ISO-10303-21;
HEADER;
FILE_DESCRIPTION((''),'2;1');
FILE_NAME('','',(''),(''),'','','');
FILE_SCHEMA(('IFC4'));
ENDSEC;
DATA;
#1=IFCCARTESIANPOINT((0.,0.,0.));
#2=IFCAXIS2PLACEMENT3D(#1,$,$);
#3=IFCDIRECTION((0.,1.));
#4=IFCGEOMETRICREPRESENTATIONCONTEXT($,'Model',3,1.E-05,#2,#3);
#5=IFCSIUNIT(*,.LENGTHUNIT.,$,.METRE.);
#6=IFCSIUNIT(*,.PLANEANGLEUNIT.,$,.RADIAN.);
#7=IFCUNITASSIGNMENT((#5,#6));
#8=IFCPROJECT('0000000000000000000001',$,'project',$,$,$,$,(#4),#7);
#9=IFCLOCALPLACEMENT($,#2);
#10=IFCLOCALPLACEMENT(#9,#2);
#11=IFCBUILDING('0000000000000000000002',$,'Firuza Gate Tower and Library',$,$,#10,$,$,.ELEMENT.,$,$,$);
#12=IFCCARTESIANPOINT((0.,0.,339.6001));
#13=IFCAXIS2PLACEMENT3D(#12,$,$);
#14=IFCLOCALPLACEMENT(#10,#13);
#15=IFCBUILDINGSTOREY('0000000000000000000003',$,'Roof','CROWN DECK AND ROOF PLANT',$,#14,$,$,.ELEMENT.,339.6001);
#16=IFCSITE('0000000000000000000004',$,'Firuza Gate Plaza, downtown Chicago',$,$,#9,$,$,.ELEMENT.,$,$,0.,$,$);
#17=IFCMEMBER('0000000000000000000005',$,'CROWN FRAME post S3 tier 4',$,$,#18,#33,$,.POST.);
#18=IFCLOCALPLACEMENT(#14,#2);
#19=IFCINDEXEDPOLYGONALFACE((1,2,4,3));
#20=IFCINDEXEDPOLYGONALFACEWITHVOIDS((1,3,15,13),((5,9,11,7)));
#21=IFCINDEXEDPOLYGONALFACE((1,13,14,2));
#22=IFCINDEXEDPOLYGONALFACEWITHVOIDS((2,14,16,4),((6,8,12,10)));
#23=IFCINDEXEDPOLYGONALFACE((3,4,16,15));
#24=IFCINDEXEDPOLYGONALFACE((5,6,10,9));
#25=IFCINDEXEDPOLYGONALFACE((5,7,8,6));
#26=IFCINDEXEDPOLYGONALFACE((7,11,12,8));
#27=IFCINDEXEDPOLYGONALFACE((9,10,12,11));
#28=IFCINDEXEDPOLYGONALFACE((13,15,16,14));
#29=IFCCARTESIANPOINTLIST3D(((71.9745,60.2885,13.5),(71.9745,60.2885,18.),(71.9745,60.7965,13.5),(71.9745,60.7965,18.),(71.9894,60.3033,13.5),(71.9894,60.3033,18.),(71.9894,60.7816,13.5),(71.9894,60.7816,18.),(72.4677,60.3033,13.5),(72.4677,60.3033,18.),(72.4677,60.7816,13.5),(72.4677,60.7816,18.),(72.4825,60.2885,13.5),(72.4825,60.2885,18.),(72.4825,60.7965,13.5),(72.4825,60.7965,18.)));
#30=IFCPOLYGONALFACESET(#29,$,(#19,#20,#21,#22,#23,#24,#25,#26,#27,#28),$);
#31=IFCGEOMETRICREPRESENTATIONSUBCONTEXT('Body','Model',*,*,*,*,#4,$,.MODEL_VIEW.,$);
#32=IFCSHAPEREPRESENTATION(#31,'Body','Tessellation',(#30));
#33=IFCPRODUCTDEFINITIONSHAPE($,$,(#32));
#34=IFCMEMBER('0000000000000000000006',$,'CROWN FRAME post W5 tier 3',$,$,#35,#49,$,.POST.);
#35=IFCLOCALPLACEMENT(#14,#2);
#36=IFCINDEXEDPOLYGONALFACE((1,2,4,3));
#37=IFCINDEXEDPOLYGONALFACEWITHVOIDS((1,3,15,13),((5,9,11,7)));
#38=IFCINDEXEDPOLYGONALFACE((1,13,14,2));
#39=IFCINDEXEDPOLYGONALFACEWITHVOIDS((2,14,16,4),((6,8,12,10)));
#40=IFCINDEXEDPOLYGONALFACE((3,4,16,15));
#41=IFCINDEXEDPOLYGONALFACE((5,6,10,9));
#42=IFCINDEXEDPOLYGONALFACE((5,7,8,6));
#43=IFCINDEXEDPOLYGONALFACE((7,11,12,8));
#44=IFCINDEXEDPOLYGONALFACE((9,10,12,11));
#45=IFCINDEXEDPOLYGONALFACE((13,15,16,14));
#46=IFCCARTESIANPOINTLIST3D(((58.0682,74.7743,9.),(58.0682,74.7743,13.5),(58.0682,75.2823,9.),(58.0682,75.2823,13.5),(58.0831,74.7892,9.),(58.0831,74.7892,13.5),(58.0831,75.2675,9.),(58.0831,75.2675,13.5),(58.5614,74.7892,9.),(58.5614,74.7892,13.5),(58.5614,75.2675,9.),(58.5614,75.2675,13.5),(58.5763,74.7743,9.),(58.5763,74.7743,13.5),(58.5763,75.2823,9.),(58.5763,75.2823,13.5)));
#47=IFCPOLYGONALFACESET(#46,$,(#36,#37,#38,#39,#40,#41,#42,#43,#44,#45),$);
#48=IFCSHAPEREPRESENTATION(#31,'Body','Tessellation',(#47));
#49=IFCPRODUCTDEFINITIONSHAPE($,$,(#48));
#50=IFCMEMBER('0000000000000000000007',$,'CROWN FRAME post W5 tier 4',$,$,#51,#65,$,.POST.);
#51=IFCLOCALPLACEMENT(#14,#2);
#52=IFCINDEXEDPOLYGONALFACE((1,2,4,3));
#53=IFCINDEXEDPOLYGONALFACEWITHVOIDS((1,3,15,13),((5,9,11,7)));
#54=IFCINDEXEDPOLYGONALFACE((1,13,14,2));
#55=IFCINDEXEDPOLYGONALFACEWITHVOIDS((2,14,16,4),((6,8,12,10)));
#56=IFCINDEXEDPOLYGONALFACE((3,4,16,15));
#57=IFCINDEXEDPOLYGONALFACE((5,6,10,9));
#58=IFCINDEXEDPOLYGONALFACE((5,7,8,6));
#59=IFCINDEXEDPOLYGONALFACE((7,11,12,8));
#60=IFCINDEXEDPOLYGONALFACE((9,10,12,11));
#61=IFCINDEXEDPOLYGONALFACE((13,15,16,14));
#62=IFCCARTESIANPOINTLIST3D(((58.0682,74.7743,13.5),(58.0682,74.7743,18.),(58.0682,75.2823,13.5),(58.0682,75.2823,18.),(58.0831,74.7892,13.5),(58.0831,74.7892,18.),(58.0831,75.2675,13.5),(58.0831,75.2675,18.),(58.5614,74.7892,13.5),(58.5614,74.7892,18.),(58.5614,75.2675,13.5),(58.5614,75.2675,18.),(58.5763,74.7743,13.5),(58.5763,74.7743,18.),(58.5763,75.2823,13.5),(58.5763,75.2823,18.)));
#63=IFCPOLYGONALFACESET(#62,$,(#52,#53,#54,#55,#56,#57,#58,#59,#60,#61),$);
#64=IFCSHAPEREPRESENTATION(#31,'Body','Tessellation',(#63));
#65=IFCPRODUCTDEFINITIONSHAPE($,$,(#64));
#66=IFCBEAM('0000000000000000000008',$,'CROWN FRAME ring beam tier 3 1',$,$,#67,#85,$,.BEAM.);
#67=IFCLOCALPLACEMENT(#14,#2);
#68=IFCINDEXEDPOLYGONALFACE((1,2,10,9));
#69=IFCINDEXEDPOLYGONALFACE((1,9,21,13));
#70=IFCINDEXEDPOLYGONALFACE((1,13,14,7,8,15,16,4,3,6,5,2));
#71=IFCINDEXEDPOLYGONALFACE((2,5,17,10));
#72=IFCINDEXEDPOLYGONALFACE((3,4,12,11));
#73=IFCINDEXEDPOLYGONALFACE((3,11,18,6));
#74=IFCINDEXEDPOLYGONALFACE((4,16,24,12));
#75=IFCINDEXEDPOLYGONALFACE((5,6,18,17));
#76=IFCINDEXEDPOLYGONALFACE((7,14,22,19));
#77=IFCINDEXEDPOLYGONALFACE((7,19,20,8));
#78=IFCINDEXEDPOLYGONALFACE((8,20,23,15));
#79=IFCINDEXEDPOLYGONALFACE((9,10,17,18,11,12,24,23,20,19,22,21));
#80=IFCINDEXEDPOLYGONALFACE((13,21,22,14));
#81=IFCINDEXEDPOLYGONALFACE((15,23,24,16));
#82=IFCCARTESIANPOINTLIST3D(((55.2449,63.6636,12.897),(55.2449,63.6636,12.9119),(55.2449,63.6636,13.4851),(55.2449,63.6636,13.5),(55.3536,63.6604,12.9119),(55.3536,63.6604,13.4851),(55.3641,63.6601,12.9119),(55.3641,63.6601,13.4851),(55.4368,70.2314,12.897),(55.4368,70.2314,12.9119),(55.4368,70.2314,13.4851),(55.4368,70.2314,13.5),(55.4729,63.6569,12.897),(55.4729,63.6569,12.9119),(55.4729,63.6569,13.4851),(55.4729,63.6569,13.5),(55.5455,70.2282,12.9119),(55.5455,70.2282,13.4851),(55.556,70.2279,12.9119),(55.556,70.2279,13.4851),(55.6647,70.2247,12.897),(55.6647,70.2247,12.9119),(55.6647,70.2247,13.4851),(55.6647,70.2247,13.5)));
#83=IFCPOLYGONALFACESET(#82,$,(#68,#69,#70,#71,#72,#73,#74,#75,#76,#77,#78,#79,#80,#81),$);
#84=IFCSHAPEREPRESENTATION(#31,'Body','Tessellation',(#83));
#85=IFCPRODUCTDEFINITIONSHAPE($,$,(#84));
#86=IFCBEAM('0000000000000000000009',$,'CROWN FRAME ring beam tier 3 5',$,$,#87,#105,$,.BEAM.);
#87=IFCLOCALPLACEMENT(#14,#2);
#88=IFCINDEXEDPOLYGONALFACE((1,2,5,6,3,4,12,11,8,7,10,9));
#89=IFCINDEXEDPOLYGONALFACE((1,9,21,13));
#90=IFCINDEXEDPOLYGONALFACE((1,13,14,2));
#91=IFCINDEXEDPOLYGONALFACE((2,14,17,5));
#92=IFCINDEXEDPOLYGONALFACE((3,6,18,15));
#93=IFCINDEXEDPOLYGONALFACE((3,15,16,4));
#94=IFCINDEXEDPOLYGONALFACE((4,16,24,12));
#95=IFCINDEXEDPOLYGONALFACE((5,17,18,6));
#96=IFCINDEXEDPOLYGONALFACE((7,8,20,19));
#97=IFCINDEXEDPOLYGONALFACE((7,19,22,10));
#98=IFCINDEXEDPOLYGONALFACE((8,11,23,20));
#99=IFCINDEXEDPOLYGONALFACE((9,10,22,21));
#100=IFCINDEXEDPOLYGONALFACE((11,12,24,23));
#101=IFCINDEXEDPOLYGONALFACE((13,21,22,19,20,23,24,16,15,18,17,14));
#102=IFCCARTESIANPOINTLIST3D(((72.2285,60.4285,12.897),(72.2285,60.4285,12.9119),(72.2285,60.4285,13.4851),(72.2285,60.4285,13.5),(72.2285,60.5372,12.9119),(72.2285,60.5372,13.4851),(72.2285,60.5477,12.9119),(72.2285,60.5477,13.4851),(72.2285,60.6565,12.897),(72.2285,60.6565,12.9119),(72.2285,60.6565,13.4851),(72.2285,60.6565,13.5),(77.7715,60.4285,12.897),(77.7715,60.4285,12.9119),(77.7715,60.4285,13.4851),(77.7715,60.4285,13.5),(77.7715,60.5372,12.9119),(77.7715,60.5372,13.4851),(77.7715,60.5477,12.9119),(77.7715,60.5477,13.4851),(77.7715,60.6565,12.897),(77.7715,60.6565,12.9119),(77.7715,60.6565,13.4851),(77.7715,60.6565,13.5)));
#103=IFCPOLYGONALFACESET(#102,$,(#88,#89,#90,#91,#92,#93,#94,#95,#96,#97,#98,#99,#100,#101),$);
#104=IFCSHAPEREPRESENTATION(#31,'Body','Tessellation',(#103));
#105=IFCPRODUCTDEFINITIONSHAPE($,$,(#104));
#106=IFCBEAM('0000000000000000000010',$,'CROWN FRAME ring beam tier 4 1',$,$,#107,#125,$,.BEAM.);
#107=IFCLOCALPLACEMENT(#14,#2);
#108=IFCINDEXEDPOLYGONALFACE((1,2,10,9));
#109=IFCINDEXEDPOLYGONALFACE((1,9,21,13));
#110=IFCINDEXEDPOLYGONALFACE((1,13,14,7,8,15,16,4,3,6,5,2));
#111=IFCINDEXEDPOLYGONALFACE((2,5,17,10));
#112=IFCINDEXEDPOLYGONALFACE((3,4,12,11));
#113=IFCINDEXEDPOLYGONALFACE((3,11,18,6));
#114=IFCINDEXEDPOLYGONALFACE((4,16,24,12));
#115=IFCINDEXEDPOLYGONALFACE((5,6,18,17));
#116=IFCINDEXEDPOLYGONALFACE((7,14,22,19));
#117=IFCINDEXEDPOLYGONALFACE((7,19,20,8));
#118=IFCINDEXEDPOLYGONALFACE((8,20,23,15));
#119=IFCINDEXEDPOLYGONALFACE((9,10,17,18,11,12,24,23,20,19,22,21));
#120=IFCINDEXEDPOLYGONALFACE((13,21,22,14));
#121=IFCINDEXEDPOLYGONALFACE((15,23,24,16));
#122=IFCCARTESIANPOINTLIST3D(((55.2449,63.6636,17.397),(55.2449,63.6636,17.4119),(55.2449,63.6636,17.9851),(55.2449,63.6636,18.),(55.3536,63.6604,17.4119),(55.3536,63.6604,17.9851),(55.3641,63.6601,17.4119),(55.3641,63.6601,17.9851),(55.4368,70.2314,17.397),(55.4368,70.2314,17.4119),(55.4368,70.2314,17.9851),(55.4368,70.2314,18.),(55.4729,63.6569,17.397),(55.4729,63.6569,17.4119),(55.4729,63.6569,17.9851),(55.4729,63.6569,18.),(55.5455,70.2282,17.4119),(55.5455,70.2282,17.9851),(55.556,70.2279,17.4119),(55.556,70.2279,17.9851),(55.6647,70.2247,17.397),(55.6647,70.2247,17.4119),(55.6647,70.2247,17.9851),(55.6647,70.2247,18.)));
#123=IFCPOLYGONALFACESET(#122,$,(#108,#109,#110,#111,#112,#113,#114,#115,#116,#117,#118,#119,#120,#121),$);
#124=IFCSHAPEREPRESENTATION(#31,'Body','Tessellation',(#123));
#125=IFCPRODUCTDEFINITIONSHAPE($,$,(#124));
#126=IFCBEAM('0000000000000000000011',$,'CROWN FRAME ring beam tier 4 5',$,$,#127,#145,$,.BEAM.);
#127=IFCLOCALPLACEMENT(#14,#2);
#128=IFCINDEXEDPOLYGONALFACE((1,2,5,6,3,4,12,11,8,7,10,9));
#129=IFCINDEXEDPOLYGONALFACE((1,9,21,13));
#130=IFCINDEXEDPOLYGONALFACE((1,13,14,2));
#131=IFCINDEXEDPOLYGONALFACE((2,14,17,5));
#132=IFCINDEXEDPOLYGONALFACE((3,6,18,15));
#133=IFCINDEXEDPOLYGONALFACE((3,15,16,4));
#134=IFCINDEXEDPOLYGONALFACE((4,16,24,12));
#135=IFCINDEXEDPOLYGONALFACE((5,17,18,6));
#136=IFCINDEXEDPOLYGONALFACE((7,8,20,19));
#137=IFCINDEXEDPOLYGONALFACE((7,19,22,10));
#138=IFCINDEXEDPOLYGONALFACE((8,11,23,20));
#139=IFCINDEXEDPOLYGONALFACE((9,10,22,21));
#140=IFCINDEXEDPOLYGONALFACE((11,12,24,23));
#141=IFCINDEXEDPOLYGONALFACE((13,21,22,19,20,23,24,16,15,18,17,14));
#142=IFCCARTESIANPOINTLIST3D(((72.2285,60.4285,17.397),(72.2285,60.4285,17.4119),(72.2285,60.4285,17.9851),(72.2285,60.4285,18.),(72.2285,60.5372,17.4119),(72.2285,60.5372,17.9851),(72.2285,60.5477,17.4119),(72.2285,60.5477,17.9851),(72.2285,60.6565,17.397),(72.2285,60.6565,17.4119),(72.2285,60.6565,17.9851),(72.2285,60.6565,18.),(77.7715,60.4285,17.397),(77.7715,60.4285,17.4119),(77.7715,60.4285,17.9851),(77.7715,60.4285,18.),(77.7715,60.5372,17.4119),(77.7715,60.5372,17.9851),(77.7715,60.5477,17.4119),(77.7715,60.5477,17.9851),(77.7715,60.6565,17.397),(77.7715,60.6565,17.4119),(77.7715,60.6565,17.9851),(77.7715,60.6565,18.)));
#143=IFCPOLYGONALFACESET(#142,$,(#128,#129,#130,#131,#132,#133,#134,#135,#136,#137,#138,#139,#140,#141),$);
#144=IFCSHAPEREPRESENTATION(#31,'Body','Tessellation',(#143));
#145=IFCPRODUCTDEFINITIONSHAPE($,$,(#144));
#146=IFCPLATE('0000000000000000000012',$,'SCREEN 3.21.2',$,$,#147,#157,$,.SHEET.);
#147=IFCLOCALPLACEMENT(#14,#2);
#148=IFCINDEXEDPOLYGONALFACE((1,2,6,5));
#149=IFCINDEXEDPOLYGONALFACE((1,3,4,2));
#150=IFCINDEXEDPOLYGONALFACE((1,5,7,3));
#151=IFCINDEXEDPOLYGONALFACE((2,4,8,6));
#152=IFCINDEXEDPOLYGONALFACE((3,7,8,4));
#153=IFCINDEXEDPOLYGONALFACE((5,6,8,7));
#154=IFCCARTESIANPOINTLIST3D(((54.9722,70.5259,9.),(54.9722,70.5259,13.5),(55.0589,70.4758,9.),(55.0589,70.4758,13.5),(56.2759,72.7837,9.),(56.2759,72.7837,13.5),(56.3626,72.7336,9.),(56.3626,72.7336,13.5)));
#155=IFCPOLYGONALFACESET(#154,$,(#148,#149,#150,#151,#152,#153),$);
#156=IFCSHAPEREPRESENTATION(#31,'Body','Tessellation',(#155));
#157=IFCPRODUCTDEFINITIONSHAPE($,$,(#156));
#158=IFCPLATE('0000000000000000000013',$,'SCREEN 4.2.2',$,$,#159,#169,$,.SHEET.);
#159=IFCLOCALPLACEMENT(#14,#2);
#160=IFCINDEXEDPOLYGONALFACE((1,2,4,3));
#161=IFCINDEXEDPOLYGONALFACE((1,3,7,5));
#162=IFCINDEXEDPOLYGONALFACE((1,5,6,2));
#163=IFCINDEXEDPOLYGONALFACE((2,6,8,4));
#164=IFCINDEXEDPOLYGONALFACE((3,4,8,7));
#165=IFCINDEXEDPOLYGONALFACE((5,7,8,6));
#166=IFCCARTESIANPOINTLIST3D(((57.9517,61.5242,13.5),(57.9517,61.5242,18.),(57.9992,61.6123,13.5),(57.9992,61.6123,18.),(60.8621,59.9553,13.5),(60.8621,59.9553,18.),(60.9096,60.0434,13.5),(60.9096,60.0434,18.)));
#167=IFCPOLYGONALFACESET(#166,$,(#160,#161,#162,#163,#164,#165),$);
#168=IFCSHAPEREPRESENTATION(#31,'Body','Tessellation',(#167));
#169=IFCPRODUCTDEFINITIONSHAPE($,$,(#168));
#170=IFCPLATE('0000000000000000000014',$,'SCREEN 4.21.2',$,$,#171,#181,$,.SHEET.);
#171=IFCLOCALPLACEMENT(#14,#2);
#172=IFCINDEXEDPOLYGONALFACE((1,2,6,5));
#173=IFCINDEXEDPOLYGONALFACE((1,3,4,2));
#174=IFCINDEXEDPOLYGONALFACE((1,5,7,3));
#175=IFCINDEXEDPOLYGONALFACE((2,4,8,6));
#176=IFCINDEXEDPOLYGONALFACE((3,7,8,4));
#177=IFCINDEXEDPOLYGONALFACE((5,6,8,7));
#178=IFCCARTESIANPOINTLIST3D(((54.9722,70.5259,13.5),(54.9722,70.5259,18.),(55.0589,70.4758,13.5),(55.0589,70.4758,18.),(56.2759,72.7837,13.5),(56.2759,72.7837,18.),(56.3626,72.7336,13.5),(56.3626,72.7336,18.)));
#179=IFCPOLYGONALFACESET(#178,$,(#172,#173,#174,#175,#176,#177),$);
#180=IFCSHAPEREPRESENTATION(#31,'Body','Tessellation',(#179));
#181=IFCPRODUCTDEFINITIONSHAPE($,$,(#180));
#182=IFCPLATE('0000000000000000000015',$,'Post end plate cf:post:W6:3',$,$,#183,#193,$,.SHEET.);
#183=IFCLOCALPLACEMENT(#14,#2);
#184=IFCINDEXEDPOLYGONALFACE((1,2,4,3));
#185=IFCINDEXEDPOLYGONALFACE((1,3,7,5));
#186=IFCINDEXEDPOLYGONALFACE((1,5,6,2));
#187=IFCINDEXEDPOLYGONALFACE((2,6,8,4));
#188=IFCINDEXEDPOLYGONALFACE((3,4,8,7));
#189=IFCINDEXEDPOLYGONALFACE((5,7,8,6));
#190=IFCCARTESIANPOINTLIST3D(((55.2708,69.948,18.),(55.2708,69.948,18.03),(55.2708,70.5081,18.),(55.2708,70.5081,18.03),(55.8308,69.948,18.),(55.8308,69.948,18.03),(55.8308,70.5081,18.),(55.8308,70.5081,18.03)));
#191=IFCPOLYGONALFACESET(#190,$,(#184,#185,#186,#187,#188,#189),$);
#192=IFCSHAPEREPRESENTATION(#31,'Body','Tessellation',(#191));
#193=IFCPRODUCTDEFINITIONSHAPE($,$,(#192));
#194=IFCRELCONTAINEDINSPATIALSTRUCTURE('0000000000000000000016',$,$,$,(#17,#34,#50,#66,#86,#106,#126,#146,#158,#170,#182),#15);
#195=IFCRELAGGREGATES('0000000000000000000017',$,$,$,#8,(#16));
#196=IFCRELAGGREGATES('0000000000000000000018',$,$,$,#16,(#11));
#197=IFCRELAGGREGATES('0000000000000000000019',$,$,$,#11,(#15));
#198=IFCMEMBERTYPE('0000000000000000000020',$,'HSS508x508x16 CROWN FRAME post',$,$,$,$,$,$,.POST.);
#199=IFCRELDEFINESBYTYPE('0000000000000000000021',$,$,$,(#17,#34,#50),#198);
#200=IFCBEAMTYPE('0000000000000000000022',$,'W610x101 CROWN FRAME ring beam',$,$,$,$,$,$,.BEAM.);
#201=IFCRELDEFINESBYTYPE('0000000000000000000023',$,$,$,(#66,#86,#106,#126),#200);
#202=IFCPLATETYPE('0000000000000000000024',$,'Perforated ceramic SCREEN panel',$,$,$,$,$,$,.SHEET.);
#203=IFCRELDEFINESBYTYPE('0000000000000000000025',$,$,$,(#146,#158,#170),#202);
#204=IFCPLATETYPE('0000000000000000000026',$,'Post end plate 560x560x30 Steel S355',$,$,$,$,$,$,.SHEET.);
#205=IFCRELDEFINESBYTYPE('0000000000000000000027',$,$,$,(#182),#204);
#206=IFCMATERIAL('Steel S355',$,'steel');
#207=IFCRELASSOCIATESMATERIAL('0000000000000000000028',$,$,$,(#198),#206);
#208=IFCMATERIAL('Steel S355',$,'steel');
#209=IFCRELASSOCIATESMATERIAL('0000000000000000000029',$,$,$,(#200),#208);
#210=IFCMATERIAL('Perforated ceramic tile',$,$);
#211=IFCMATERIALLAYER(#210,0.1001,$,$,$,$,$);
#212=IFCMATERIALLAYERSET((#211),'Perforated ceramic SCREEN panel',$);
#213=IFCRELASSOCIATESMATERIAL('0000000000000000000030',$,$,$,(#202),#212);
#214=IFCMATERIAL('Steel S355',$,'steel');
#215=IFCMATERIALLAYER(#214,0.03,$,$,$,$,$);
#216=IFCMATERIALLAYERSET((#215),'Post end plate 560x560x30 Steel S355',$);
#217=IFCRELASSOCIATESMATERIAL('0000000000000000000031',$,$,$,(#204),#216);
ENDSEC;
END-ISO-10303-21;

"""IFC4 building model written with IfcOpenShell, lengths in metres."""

from ifc_helpers import new_model, si_unit, direction, frame, origin, origin_2d, place, context, subcontext, project, spatial, polyline, rectangle, hollow_rectangle, i_section, outline, extrude, material, layer, layer_set, material_profile, profile_set, type_object, element, save


model = new_model("IFC4")

# Units and contexts
model_context = context("Model", 3, precision=1e-05, world=origin(), true_north=direction((0.0, 1.0)))
body_context = subcontext(model_context, "Body", "Model", "MODEL_VIEW")
ifc_project = project(units=[si_unit("LENGTHUNIT", "METRE"), si_unit("PLANEANGLEUNIT", "RADIAN")], contexts=[model_context])

# Site, building, storey
site_placement = place(None, origin())
site = spatial("IfcSite", under=ifc_project, at=site_placement, Name="Firuza Gate Plaza, downtown Chicago", CompositionType="ELEMENT", RefElevation=0.0)
building_placement = place(site_placement, origin())
building = spatial("IfcBuilding", under=site, at=building_placement, Name="Firuza Gate Tower and Library", CompositionType="ELEMENT")
storey_placement = place(building_placement, frame((0.0, 0.0, 339.6001)))
storey = spatial("IfcBuildingStorey", under=building, at=storey_placement, Name="Roof", Description="CROWN DECK AND ROOF PLANT", CompositionType="ELEMENT", Elevation=339.6001)

# Members
ifc_material_1 = material(Name="Steel S355", Category="steel")
ifc_material_profile_1 = material_profile(ifc_material_1, hollow_rectangle(XDim=0.5081, YDim=0.5081, WallThickness=0.0149, at=origin_2d()))
ifc_profile_set_1 = profile_set([ifc_material_profile_1], Name="Steel S355")
member_type_1 = type_object("IfcMemberType", Name="HSS508x508x16 CROWN FRAME post", PredefinedType="POST", material=ifc_profile_set_1)
for number, where, z_axis, x_axis, name in (
    (1, (72.2285, 60.5425, 13.5), (0.0, 0.0, 1.0), (1.0, 0.0, 0.0), "CROWN FRAME post S3 tier 4"),
    (2, (58.3223, 75.0283, 9.0), (0.0, 0.0, 1.0), (1.0, 0.0, 0.0), "CROWN FRAME post W5 tier 3"),
    (3, (58.3223, 75.0283, 13.5), (0.0, 0.0, 1.0), (1.0, 0.0, 0.0), "CROWN FRAME post W5 tier 4"),
):
    element("IfcMember", number, at=place(storey_placement, frame(where, z_axis=z_axis, x_axis=x_axis)), inside=storey, type_object=member_type_1, Name=name, PredefinedType="POST", context=body_context, shape_type="SweptSolid", body=[
        extrude(hollow_rectangle(XDim=0.5081, YDim=0.5081, WallThickness=0.0149, at=origin_2d()), origin(), (0.0, 0.0, 1.0), 4.5),
    ])

# Beams
ifc_material_2 = material(Name="Steel S355", Category="steel")
ifc_material_profile_2 = material_profile(ifc_material_2, i_section(OverallWidth=0.228, OverallDepth=0.603, WebThickness=0.0105, FlangeThickness=0.0149, at=origin_2d()))
ifc_profile_set_2 = profile_set([ifc_material_profile_2], Name="Steel S355")
beam_type = type_object("IfcBeamType", Name="W610x101 CROWN FRAME ring beam", PredefinedType="BEAM", material=ifc_profile_set_2)
beam_1_placement = place(storey_placement, frame((55.5508, 70.228, 13.1985), z_axis=(-0.029205, -0.999573, 0.0), x_axis=(0.999573, -0.029205, 0.0)))
element("IfcBeam", 4, at=beam_1_placement, inside=storey, type_object=beam_type, Name="CROWN FRAME ring beam tier 3 1", PredefinedType="BEAM", context=body_context, shape_type="SweptSolid", body=[
    extrude(i_section(OverallWidth=0.228, OverallDepth=0.603, WebThickness=0.0105, FlangeThickness=0.0149, at=origin_2d()), origin(), (0.0, 0.0, 1.0), 6.5706),
])
beam_2_placement = place(storey_placement, frame((72.2285, 60.5425, 13.1985), z_axis=(1.0, 0.0, 0.0), x_axis=(0.0, 1.0, 0.0)))
element("IfcBeam", 5, at=beam_2_placement, inside=storey, type_object=beam_type, Name="CROWN FRAME ring beam tier 3 5", PredefinedType="BEAM", context=body_context, shape_type="SweptSolid", body=[
    extrude(i_section(OverallWidth=0.228, OverallDepth=0.603, WebThickness=0.0105, FlangeThickness=0.0149, at=origin_2d()), origin(), (0.0, 0.0, 1.0), 5.543),
])
beam_3_placement = place(storey_placement, frame((55.5508, 70.228, 17.6985), z_axis=(-0.029205, -0.999573, 0.0), x_axis=(0.999573, -0.029205, 0.0)))
element("IfcBeam", 6, at=beam_3_placement, inside=storey, type_object=beam_type, Name="CROWN FRAME ring beam tier 4 1", PredefinedType="BEAM", context=body_context, shape_type="SweptSolid", body=[
    extrude(i_section(OverallWidth=0.228, OverallDepth=0.603, WebThickness=0.0105, FlangeThickness=0.0149, at=origin_2d()), origin(), (0.0, 0.0, 1.0), 6.5706),
])
beam_4_placement = place(storey_placement, frame((72.2285, 60.5425, 17.6985), z_axis=(1.0, 0.0, 0.0), x_axis=(0.0, 1.0, 0.0)))
element("IfcBeam", 7, at=beam_4_placement, inside=storey, type_object=beam_type, Name="CROWN FRAME ring beam tier 4 5", PredefinedType="BEAM", context=body_context, shape_type="SweptSolid", body=[
    extrude(i_section(OverallWidth=0.228, OverallDepth=0.603, WebThickness=0.0105, FlangeThickness=0.0149, at=origin_2d()), origin(), (0.0, 0.0, 1.0), 5.543),
])

# Plates
ifc_material_3 = material(Name="Perforated ceramic tile")
ifc_layer_1 = layer(ifc_material_3, 0.1001)
ifc_layer_set_1 = layer_set([ifc_layer_1], Name="Perforated ceramic SCREEN panel")
plate_type_1 = type_object("IfcPlateType", Name="Perforated ceramic SCREEN panel", PredefinedType="SHEET", material=ifc_layer_set_1)
plate_1_placement = place(storey_placement, frame((56.2759, 72.7837, 9.0), z_axis=(-0.865998, 0.500047, 0.0), x_axis=(-0.500047, -0.865998, 0.0)))
element("IfcPlate", 8, at=plate_1_placement, inside=storey, type_object=plate_type_1, Name="SCREEN 3.21.2", PredefinedType="SHEET", context=body_context, shape_type="SweptSolid", body=[
    extrude(outline(polyline([(0.0, 0.0), (2.6072, 0.0), (2.6072, 4.5), (0.0, 4.5), (0.0, 0.0)])), origin(), (0.0, 0.0, -1.0), 0.1001),
])
plate_2_placement = place(storey_placement, frame((57.9517, 61.5242, 13.5), z_axis=(-0.4745, -0.880255, 0.0), x_axis=(0.880255, -0.4745, 0.0)))
element("IfcPlate", 9, at=plate_2_placement, inside=storey, type_object=plate_type_1, Name="SCREEN 4.2.2", PredefinedType="SHEET", context=body_context, shape_type="SweptSolid", body=[
    extrude(outline(polyline([(0.0, 0.0), (3.3063, 0.0), (3.3063, 4.5), (0.0, 4.5), (0.0, 0.0)])), origin(), (0.0, 0.0, -1.0), 0.1001),
])
plate_3_placement = place(storey_placement, frame((56.2759, 72.7837, 13.5), z_axis=(-0.865998, 0.500047, 0.0), x_axis=(-0.500047, -0.865998, 0.0)))
element("IfcPlate", 10, at=plate_3_placement, inside=storey, type_object=plate_type_1, Name="SCREEN 4.21.2", PredefinedType="SHEET", context=body_context, shape_type="SweptSolid", body=[
    extrude(outline(polyline([(0.0, 0.0), (2.6072, 0.0), (2.6072, 4.5), (0.0, 4.5), (0.0, 0.0)])), origin(), (0.0, 0.0, -1.0), 0.1001),
])
ifc_material_4 = material(Name="Steel S355", Category="steel")
ifc_layer_2 = layer(ifc_material_4, 0.03)
ifc_layer_set_2 = layer_set([ifc_layer_2], Name="Post end plate 560x560x30 Steel S355")
plate_type_2 = type_object("IfcPlateType", Name="Post end plate 560x560x30 Steel S355", PredefinedType="SHEET", material=ifc_layer_set_2)
for number, where, z_axis, x_axis, name in (
    (11, (55.5508, 70.228, 18.0), (0.0, 0.0, 1.0), (1.0, 0.0, 0.0), "Post end plate cf:post:W6:3"),
):
    element("IfcPlate", number, at=place(storey_placement, frame(where, z_axis=z_axis, x_axis=x_axis)), inside=storey, type_object=plate_type_2, Name=name, PredefinedType="SHEET", context=body_context, shape_type="SweptSolid", body=[
        extrude(rectangle(XDim=0.5601, YDim=0.5601, at=origin_2d()), origin(), (0.0, 0.0, 1.0), 0.03),
    ])

save(model, "model.ifc")
